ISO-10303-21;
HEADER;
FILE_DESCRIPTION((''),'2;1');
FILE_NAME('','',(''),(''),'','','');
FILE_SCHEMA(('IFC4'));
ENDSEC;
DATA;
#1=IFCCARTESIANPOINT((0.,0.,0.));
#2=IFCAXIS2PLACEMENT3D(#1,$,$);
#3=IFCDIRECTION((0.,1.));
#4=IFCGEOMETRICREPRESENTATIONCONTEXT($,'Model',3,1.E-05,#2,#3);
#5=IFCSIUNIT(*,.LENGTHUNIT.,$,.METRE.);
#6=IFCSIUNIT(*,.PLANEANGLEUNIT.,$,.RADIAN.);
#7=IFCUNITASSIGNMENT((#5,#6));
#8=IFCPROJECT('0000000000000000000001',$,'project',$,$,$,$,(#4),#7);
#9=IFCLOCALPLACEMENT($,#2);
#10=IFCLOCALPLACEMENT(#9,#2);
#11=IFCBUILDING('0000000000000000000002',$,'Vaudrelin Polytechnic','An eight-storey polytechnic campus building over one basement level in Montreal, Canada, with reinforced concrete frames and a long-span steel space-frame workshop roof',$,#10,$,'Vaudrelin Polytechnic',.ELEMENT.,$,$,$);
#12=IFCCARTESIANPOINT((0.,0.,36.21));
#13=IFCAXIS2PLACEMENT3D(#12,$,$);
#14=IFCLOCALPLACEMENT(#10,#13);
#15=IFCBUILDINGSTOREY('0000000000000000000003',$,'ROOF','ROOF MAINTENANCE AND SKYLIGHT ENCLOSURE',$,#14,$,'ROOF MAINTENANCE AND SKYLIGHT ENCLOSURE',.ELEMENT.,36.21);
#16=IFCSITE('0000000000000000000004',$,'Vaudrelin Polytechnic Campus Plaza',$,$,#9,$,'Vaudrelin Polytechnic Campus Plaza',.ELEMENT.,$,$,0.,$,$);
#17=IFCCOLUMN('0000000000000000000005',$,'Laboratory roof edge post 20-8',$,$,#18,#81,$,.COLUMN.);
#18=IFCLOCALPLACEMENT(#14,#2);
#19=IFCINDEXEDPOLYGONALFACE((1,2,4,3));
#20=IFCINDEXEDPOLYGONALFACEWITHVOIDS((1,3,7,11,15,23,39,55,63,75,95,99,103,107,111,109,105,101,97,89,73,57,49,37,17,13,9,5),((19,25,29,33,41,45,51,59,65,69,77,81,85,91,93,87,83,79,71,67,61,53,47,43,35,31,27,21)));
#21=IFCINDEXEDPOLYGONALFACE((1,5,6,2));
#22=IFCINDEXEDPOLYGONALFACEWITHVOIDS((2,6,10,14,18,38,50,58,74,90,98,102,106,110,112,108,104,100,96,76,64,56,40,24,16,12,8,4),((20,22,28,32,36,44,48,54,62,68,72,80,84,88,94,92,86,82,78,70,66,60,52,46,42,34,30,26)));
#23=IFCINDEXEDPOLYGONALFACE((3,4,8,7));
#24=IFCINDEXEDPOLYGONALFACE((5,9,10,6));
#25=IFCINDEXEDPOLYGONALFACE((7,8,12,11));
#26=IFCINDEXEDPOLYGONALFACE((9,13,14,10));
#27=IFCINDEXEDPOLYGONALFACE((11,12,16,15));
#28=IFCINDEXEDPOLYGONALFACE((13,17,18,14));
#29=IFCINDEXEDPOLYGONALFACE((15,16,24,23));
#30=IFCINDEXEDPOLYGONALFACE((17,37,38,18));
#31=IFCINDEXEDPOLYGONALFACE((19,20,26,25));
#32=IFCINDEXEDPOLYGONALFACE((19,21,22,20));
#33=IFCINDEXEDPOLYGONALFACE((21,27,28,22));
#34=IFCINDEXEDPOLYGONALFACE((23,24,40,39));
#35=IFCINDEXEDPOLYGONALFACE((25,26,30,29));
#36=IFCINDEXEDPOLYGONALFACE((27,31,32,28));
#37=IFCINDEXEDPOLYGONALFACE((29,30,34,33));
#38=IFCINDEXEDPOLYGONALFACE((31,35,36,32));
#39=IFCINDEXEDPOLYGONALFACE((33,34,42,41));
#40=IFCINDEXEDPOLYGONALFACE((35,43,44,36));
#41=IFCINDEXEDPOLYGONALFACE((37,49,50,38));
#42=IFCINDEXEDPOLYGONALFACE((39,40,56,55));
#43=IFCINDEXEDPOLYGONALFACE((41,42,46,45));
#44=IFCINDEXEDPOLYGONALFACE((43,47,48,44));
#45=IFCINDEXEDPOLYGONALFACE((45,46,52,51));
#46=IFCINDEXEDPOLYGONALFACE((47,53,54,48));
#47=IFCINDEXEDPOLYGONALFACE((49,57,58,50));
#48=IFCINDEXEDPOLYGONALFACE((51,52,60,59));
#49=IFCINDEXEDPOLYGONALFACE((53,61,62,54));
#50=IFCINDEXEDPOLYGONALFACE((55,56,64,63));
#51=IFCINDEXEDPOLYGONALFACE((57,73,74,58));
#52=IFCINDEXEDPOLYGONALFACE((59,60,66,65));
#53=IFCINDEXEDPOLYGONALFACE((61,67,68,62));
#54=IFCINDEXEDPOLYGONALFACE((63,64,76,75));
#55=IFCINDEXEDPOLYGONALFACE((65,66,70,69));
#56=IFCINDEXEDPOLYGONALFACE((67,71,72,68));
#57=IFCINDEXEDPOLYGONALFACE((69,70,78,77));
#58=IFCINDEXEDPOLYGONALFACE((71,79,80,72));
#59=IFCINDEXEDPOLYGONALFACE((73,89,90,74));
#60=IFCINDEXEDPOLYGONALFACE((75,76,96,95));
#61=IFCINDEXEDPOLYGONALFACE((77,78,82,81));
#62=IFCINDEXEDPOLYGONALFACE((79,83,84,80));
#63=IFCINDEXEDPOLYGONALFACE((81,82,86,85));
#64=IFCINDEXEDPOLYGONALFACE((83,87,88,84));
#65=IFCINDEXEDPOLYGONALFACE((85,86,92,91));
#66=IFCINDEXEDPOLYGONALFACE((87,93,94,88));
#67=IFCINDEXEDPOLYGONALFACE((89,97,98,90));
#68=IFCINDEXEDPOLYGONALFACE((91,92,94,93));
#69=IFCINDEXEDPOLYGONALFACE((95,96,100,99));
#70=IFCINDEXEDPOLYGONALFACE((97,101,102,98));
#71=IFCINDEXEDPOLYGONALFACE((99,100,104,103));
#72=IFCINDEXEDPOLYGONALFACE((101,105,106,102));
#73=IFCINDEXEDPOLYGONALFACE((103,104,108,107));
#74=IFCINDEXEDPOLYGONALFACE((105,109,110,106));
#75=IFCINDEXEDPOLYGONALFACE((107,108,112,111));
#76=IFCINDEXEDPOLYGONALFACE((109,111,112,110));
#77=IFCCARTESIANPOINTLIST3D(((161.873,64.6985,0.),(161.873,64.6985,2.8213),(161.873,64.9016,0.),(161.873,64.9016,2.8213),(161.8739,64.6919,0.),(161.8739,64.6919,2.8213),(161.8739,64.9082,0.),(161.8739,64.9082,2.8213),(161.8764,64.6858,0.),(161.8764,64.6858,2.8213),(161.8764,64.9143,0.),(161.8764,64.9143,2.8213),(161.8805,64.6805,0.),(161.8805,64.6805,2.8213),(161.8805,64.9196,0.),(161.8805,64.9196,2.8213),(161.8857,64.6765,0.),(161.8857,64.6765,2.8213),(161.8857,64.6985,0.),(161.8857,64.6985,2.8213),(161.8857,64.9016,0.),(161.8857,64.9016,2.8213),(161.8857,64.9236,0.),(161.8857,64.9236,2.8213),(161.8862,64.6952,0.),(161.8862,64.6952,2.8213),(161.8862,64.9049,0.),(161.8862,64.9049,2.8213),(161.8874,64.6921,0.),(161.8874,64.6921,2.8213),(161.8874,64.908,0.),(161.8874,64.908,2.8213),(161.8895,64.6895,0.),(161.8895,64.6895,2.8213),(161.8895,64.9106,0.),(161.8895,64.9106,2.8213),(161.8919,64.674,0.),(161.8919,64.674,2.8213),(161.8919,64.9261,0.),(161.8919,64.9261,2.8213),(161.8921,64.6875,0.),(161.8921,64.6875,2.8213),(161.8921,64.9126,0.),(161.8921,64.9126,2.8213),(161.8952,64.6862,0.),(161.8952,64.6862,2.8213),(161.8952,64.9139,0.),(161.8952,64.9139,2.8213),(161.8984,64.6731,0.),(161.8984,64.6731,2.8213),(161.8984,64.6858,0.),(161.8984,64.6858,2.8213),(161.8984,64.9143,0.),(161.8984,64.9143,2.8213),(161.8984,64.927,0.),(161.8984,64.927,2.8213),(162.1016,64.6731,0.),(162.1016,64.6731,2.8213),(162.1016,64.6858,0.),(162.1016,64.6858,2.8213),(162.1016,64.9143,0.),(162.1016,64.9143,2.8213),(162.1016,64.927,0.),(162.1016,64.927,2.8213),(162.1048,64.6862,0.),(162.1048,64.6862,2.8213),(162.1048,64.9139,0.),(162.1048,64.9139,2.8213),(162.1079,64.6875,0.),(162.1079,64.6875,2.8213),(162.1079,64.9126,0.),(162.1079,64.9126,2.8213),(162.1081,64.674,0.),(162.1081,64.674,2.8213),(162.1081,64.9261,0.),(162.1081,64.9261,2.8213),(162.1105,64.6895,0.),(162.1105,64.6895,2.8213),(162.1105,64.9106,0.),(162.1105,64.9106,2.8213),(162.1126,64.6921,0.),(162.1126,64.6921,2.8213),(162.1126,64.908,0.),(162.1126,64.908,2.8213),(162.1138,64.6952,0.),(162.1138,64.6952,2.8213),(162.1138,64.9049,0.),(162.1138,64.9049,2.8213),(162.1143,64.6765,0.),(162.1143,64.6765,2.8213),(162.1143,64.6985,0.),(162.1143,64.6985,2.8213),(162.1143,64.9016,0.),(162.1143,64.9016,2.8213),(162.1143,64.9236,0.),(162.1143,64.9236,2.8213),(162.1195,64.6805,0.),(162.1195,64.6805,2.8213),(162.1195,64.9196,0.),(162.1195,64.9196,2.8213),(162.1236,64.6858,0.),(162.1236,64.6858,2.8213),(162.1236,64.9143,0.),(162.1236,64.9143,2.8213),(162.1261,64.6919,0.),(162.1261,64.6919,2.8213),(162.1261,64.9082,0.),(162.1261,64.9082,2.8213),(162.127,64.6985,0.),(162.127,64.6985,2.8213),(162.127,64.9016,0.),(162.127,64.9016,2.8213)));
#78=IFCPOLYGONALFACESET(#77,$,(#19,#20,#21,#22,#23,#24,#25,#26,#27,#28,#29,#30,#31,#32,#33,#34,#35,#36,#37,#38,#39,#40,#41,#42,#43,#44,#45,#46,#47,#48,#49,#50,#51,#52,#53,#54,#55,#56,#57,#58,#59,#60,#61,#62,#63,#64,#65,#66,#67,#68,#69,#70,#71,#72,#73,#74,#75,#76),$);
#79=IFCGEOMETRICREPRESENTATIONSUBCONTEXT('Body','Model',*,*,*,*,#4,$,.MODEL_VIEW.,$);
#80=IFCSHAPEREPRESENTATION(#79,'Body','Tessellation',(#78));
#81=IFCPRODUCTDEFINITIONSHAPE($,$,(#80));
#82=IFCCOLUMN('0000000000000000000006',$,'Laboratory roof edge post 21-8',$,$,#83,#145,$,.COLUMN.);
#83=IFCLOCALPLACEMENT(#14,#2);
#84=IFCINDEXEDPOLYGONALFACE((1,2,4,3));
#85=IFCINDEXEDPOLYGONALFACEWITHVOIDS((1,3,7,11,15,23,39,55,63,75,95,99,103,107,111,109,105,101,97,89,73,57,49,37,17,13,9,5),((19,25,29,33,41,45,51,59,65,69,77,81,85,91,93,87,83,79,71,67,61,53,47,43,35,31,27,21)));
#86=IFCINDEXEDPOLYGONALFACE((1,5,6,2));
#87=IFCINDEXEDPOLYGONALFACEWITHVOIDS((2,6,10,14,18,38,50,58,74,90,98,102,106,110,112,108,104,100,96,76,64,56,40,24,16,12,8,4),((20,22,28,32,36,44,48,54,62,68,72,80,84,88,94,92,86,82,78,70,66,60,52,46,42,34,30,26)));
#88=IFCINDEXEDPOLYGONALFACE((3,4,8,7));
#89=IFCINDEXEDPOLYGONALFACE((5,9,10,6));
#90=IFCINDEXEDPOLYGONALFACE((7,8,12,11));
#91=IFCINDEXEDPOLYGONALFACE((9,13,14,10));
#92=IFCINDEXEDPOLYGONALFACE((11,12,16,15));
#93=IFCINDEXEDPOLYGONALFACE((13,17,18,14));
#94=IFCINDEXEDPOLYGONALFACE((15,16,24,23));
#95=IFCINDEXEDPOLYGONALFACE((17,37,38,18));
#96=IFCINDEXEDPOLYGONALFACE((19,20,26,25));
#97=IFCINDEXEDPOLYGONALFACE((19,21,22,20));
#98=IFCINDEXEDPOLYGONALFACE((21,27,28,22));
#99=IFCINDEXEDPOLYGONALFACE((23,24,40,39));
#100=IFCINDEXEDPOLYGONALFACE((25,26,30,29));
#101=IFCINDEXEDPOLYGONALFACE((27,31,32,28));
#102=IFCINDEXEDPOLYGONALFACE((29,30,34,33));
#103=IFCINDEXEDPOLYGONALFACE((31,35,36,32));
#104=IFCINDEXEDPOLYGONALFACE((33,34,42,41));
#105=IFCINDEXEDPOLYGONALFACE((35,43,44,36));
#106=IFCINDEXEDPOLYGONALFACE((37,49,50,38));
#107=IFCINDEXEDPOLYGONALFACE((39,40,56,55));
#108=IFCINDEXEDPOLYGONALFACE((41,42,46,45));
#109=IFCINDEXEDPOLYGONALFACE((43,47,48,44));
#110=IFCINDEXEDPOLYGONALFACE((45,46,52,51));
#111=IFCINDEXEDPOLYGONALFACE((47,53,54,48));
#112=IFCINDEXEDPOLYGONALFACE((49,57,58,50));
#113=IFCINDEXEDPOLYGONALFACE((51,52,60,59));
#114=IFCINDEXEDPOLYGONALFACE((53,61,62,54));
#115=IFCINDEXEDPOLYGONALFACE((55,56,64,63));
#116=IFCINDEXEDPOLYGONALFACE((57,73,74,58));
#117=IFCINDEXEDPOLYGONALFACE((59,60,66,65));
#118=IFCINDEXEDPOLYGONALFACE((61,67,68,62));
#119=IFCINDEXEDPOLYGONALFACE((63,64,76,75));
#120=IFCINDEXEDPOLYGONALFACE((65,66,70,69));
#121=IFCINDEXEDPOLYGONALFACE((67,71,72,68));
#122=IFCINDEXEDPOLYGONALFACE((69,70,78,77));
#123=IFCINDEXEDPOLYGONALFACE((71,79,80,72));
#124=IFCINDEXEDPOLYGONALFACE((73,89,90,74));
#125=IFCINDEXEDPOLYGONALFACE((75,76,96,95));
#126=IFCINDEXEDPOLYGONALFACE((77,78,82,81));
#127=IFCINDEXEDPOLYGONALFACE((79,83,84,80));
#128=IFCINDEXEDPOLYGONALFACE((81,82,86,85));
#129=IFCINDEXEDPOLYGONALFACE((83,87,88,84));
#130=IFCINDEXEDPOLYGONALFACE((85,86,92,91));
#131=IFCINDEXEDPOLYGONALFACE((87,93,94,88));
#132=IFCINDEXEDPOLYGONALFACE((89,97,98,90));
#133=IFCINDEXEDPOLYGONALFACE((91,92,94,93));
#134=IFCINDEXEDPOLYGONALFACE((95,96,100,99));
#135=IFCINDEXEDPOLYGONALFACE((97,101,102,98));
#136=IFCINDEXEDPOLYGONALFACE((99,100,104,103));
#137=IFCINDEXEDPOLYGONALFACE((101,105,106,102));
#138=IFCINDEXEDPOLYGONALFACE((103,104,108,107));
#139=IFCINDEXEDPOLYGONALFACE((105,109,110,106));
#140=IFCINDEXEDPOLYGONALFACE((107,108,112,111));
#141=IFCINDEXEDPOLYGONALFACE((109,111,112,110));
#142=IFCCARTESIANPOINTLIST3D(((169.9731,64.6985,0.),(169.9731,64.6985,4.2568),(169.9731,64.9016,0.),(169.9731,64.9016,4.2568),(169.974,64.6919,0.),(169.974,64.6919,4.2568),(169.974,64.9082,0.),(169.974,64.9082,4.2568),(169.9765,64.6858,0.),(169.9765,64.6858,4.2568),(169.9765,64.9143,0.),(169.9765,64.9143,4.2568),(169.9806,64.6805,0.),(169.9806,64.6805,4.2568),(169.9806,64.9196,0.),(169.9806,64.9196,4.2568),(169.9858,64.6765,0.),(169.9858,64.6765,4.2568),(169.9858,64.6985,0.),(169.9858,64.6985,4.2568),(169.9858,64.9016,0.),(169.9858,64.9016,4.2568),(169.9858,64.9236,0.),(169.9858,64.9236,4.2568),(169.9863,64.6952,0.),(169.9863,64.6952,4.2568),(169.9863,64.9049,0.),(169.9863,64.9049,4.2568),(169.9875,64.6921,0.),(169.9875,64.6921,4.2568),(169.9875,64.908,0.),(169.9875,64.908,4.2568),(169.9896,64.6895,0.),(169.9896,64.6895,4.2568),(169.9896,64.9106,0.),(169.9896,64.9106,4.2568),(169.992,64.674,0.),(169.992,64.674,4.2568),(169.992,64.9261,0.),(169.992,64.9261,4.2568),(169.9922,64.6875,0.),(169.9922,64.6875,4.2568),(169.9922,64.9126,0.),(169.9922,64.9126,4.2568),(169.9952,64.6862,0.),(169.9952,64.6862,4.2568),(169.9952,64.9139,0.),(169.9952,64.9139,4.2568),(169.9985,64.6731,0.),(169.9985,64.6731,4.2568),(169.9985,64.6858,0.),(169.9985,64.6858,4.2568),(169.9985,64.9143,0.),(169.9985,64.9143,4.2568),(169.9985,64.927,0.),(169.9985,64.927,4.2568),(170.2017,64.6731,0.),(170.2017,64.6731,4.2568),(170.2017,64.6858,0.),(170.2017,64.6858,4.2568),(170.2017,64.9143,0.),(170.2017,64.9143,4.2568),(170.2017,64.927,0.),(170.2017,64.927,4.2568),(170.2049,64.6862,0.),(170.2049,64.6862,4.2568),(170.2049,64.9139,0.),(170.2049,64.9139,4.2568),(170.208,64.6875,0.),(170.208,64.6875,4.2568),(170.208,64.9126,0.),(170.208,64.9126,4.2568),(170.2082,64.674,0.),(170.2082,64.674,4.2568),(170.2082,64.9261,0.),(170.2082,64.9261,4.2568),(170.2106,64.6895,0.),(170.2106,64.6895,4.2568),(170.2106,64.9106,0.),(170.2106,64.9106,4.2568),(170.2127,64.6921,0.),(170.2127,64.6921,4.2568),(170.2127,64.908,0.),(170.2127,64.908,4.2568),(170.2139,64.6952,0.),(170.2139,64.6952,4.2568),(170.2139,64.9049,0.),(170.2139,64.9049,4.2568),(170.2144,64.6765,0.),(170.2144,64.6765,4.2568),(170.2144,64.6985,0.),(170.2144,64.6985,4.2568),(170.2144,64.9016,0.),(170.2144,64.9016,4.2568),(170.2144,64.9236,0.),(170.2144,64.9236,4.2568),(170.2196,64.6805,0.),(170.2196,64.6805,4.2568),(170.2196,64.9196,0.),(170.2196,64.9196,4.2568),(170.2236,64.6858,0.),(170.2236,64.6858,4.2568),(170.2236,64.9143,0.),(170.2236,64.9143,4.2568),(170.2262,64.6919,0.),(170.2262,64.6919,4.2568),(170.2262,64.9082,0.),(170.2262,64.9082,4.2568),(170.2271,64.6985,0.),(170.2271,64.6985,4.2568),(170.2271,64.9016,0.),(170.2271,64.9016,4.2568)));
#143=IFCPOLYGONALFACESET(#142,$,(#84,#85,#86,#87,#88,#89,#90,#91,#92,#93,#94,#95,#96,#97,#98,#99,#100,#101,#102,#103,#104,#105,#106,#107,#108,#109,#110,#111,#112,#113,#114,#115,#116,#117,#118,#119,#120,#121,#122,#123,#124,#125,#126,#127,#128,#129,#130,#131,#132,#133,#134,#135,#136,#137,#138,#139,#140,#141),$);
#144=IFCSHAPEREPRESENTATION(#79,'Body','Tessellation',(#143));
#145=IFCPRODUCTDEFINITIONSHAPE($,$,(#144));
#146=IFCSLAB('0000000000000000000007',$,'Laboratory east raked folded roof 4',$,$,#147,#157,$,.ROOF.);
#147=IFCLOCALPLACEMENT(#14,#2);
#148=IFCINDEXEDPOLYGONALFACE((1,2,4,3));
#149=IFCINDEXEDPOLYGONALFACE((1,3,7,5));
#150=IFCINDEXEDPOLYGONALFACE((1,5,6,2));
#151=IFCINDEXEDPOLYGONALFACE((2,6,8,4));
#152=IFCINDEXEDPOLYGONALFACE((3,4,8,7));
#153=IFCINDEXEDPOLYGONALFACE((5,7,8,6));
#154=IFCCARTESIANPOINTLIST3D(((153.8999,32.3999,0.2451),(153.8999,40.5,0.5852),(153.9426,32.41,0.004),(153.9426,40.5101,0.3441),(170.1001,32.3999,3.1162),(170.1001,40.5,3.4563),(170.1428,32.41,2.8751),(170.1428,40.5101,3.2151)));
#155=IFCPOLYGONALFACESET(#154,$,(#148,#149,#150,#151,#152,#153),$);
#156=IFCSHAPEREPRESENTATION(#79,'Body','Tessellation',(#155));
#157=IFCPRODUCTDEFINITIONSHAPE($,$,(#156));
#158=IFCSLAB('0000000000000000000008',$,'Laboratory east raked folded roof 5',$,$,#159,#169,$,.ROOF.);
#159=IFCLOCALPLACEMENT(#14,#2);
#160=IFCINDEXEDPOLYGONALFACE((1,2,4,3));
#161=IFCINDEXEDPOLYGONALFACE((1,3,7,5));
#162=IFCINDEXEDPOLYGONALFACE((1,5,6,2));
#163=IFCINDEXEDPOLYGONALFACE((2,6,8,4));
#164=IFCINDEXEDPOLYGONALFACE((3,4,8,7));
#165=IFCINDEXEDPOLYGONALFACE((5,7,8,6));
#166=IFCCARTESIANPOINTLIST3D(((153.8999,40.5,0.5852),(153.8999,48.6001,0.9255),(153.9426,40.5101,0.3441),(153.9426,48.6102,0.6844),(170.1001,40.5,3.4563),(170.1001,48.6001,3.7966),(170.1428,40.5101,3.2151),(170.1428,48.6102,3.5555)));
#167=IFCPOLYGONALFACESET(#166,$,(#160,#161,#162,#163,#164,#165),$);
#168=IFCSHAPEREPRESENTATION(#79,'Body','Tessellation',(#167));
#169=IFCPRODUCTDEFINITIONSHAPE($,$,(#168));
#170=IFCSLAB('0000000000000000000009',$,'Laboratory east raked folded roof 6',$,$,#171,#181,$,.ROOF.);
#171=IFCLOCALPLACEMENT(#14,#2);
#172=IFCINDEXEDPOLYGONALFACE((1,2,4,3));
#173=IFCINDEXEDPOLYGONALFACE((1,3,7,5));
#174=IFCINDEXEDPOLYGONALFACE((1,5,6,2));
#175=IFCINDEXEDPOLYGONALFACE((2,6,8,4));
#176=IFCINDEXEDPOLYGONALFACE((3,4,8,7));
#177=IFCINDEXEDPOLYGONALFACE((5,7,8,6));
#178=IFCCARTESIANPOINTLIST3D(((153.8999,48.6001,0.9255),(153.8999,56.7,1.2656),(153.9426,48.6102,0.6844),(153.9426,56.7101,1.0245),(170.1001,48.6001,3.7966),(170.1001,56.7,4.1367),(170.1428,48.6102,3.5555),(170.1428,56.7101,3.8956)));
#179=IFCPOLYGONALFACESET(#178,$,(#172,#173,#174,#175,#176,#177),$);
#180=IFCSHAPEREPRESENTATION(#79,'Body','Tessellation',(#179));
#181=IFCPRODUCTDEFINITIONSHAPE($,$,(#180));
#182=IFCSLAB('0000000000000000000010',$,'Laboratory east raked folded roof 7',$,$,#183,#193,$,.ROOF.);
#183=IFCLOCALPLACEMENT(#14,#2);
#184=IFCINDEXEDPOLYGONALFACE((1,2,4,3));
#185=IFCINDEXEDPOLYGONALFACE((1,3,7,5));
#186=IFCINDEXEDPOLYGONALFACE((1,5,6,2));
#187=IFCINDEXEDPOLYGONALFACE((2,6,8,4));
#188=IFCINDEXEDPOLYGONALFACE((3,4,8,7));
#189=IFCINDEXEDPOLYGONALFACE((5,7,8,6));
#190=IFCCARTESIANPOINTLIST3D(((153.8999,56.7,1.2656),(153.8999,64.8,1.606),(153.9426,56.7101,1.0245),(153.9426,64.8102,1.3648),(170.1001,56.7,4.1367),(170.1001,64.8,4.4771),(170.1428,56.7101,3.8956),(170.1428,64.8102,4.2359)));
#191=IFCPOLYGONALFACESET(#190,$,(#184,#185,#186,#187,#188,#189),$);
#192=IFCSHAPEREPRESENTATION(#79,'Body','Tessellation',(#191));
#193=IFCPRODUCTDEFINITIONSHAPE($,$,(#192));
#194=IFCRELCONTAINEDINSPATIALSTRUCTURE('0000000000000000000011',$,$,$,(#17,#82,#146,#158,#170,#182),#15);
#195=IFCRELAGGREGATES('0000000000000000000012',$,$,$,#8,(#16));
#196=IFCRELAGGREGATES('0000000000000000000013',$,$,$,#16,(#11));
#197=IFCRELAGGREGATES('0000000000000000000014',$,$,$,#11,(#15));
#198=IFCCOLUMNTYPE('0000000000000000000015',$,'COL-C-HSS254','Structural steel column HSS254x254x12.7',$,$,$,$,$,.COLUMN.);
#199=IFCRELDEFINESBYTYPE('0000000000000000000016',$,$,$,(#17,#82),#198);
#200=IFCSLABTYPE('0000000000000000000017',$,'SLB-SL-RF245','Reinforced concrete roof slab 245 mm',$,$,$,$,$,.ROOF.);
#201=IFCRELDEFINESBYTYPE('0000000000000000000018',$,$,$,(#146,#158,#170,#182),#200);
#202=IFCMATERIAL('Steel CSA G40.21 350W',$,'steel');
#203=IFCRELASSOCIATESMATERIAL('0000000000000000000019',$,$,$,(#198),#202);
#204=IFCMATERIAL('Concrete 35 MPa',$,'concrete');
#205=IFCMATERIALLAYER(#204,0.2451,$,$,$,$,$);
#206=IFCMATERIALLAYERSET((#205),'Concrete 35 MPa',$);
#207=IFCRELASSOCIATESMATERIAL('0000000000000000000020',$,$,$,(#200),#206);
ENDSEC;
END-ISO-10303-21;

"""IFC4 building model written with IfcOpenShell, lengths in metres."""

from ifc_helpers import new_model, si_unit, direction, frame, origin, origin_2d, place, context, subcontext, project, spatial, polyline, hollow_rectangle, outline, extrude, material, layer, layer_set, material_profile, profile_set, type_object, element, save


model = new_model("IFC4")

# Units and contexts
model_context = context("Model", 3, precision=1e-05, world=origin(), true_north=direction((0.0, 1.0)))
body_context = subcontext(model_context, "Body", "Model", "MODEL_VIEW")
ifc_project = project(units=[si_unit("LENGTHUNIT", "METRE"), si_unit("PLANEANGLEUNIT", "RADIAN")], contexts=[model_context])

# Site, building, storey
site_placement = place(None, origin())
site = spatial("IfcSite", under=ifc_project, at=site_placement, Name="Vaudrelin Polytechnic Campus Plaza", LongName="Vaudrelin Polytechnic Campus Plaza", CompositionType="ELEMENT", RefElevation=0.0)
building_placement = place(site_placement, origin())
building = spatial("IfcBuilding", under=site, at=building_placement, Name="Vaudrelin Polytechnic", Description="An eight-storey polytechnic campus building over one basement level in Montreal, Canada, with reinforced concrete frames and a long-span steel space-frame workshop roof", LongName="Vaudrelin Polytechnic", CompositionType="ELEMENT")
storey_placement = place(building_placement, frame((0.0, 0.0, 36.21)))
storey = spatial("IfcBuildingStorey", under=building, at=storey_placement, Name="ROOF", Description="ROOF MAINTENANCE AND SKYLIGHT ENCLOSURE", LongName="ROOF MAINTENANCE AND SKYLIGHT ENCLOSURE", CompositionType="ELEMENT", Elevation=36.21)

# Columns
ifc_material_1 = material(Name="Steel CSA G40.21 350W", Category="steel")
ifc_material_profile = material_profile(ifc_material_1, hollow_rectangle(XDim=0.2539, YDim=0.2539, WallThickness=0.0127, InnerFilletRadius=0.0127, OuterFilletRadius=0.0254, at=origin_2d()), Name="HSS254x254x12.7")
ifc_profile_set = profile_set([ifc_material_profile], Name="Steel CSA G40.21 350W")
column_type = type_object("IfcColumnType", Name="COL-C-HSS254", Description="Structural steel column HSS254x254x12.7", PredefinedType="COLUMN", material=ifc_profile_set)
column_1_placement = place(storey_placement, frame((162.0, 64.8, 0.0), z_axis=(0.0, 0.0, 1.0), x_axis=(1.0, 0.0, 0.0)))
element("IfcColumn", 1, at=column_1_placement, inside=storey, type_object=column_type, Name="Laboratory roof edge post 20-8", PredefinedType="COLUMN", context=body_context, shape_type="SweptSolid", body=[
    extrude(hollow_rectangle(XDim=0.2539, YDim=0.2539, WallThickness=0.0127, InnerFilletRadius=0.0127, OuterFilletRadius=0.0254, at=origin_2d()), origin(), (0.0, 0.0, 1.0), 2.8213),
])
column_2_placement = place(storey_placement, frame((170.1001, 64.8, 0.0), z_axis=(0.0, 0.0, 1.0), x_axis=(1.0, 0.0, 0.0)))
element("IfcColumn", 2, at=column_2_placement, inside=storey, type_object=column_type, Name="Laboratory roof edge post 21-8", PredefinedType="COLUMN", context=body_context, shape_type="SweptSolid", body=[
    extrude(hollow_rectangle(XDim=0.2539, YDim=0.2539, WallThickness=0.0127, InnerFilletRadius=0.0127, OuterFilletRadius=0.0254, at=origin_2d()), origin(), (0.0, 0.0, 1.0), 4.2568),
])

# Slabs
ifc_material_2 = material(Name="Concrete 35 MPa", Category="concrete")
ifc_layer_1 = layer(ifc_material_2, 0.2451)
ifc_layer_set_1 = layer_set([ifc_layer_1], Name="Concrete 35 MPa")
slab_type = type_object("IfcSlabType", Name="SLB-SL-RF245", Description="Reinforced concrete roof slab 245 mm", PredefinedType="ROOF", material=ifc_layer_set_1)
slab_1_placement = place(storey_placement, frame((153.8999, 32.3999, 0.2451), z_axis=(-0.174358, -0.041306, 0.983816), x_axis=(0.984656, 0.0, 0.174507)))
element("IfcSlab", 3, at=slab_1_placement, inside=storey, type_object=slab_type, Name="Laboratory east raked folded roof 4", PredefinedType="ROOF", context=body_context, shape_type="SweptSolid", body=[
    extrude(outline(polyline([(0.0, 0.0), (16.4526, 0.0), (16.512, 8.107), (0.0593, 8.107), (0.0, 0.0)])), origin(), (0.0, 0.0, -1.0), 0.2451),
])
slab_2_placement = place(storey_placement, frame((153.8999, 40.5, 0.5852), z_axis=(-0.174357, -0.041336, 0.983814), x_axis=(0.984656, 0.0, 0.174507)))
element("IfcSlab", 4, at=slab_2_placement, inside=storey, type_object=slab_type, Name="Laboratory east raked folded roof 5", PredefinedType="ROOF", context=body_context, shape_type="SweptSolid", body=[
    extrude(outline(polyline([(0.0, 0.0), (16.4526, 0.0), (16.512, 8.107), (0.0594, 8.107), (0.0, 0.0)])), origin(), (0.0, 0.0, -1.0), 0.2451),
])
slab_3_placement = place(storey_placement, frame((153.8999, 48.6001, 0.9255), z_axis=(-0.174358, -0.041307, 0.983816), x_axis=(0.984656, 0.0, 0.174507)))
element("IfcSlab", 5, at=slab_3_placement, inside=storey, type_object=slab_type, Name="Laboratory east raked folded roof 6", PredefinedType="ROOF", context=body_context, shape_type="SweptSolid", body=[
    extrude(outline(polyline([(0.0, 0.0), (16.4526, 0.0), (16.512, 8.1068), (0.0593, 8.1068), (0.0, 0.0)])), origin(), (0.0, 0.0, -1.0), 0.2451),
])
slab_4_placement = place(storey_placement, frame((153.8999, 56.7, 1.2656), z_axis=(-0.174357, -0.041336, 0.983814), x_axis=(0.984656, 0.0, 0.174507)))
element("IfcSlab", 6, at=slab_4_placement, inside=storey, type_object=slab_type, Name="Laboratory east raked folded roof 7", PredefinedType="ROOF", context=body_context, shape_type="SweptSolid", body=[
    extrude(outline(polyline([(0.0, 0.0), (16.4526, 0.0), (16.512, 8.107), (0.0594, 8.107), (0.0, 0.0)])), origin(), (0.0, 0.0, -1.0), 0.2451),
])

save(model, "model.ifc")
